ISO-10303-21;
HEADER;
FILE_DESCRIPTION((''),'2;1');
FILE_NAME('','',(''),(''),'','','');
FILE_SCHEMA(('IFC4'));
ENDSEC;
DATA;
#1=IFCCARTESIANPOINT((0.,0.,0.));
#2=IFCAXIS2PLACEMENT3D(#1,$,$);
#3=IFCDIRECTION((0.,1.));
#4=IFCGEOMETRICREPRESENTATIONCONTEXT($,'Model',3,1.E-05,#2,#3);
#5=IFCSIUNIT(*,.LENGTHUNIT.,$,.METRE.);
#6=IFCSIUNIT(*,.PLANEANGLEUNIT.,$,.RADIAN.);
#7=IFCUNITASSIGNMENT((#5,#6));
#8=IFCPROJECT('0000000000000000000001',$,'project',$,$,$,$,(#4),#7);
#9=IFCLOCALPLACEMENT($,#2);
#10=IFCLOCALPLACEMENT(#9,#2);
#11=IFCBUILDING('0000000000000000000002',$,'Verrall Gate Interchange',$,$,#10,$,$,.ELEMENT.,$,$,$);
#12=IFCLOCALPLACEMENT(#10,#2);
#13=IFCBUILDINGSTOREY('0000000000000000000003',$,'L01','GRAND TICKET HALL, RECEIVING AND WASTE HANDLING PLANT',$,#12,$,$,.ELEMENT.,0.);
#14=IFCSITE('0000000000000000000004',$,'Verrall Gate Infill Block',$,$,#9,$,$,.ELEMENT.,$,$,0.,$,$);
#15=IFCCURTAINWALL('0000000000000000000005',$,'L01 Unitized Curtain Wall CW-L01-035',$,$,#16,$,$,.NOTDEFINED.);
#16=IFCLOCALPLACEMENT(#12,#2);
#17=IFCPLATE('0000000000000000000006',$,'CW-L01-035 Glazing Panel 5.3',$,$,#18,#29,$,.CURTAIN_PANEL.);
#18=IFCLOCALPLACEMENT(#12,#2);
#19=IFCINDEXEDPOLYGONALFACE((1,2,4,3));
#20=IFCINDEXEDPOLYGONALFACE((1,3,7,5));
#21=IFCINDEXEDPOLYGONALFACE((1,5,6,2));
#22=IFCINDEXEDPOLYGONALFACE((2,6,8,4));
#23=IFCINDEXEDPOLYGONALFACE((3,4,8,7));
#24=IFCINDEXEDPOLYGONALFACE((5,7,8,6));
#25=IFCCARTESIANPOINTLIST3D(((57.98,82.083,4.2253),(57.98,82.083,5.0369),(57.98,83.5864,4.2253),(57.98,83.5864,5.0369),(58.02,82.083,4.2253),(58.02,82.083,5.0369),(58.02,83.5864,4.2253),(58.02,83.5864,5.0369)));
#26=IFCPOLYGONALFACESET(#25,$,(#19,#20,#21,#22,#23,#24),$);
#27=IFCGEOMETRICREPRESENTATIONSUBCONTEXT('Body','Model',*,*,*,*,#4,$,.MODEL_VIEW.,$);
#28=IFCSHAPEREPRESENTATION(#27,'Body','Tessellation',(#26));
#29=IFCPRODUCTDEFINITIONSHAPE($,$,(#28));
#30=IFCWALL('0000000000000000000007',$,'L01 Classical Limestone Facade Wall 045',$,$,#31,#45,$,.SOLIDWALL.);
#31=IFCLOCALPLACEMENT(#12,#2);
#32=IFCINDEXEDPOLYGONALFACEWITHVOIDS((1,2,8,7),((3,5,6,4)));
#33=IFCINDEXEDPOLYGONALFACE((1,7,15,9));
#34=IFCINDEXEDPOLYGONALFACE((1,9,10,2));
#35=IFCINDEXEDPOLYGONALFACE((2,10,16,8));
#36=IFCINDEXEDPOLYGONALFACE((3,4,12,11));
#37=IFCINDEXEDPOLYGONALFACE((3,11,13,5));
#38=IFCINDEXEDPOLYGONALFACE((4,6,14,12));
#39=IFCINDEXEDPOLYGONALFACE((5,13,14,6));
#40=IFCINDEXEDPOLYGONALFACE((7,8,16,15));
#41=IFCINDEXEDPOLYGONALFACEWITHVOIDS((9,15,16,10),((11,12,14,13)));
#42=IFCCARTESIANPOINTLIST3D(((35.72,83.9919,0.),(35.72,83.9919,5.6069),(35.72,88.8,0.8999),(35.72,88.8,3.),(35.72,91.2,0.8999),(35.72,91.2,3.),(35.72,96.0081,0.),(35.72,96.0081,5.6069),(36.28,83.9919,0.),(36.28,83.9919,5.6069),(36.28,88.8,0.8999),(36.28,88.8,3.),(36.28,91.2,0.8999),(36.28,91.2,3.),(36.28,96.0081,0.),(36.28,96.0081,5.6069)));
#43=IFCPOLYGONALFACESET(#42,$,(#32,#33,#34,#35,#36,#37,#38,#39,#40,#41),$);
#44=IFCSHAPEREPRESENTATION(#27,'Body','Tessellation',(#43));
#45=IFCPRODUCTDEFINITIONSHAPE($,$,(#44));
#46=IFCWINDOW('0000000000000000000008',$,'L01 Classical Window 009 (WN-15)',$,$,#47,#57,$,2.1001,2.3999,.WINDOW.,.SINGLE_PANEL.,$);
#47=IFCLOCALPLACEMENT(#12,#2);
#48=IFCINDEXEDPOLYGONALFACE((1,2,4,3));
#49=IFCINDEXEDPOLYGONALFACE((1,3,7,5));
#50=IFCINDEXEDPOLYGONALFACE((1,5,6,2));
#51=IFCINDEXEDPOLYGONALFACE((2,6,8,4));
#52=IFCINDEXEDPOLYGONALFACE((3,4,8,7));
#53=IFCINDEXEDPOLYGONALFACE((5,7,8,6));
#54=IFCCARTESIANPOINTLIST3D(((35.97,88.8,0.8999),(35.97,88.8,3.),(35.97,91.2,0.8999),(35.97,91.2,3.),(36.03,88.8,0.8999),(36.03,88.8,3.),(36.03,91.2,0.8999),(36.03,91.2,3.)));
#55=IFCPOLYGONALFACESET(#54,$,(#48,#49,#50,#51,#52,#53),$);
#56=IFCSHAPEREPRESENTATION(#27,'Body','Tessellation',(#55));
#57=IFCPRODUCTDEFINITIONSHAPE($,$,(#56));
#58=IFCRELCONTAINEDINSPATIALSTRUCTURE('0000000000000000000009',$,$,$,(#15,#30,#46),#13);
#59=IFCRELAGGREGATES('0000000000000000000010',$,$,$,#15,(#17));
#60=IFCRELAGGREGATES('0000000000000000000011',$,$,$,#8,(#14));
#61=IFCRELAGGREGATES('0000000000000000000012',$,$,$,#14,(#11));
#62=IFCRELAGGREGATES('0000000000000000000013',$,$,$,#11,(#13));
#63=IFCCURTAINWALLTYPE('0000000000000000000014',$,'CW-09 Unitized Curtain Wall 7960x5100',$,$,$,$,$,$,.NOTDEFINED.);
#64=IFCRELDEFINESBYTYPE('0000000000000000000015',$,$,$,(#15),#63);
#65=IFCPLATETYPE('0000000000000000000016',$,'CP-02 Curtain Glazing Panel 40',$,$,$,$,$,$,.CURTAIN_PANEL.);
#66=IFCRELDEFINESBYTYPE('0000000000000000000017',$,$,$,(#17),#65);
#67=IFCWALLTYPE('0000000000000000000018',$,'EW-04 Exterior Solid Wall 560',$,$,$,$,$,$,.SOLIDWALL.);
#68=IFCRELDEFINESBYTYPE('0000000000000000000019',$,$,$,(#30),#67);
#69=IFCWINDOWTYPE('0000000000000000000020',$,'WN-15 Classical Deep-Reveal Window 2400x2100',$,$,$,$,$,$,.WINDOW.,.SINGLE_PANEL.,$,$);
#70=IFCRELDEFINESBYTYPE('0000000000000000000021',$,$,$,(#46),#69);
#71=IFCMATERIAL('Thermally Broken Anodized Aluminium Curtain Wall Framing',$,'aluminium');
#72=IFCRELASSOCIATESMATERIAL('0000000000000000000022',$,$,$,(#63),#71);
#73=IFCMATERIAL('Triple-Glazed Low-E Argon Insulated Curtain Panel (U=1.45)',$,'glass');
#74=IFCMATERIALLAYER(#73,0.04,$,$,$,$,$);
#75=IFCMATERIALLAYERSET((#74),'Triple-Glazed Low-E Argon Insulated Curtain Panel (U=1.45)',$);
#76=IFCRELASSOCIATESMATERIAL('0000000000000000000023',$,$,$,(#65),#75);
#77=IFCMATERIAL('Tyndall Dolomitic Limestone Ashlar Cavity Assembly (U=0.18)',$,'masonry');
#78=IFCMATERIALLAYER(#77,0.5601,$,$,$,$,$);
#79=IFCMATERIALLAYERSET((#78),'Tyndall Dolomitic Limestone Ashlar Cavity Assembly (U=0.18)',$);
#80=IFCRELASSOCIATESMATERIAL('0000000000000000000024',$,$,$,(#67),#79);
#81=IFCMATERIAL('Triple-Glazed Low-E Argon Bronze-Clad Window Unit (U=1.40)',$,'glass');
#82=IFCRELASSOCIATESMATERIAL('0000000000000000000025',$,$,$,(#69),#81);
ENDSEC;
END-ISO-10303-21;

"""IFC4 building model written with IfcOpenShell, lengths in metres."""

from ifc_helpers import new_model, si_unit, direction, frame, frame_2d, origin, origin_2d, place, context, subcontext, project, spatial, rectangle, extrude, material, layer, layer_set, type_object, element, fill, aggregate, save


model = new_model("IFC4")

# Units and contexts
model_context = context("Model", 3, precision=1e-05, world=origin(), true_north=direction((0.0, 1.0)))
body_context = subcontext(model_context, "Body", "Model", "MODEL_VIEW")
ifc_project = project(units=[si_unit("LENGTHUNIT", "METRE"), si_unit("PLANEANGLEUNIT", "RADIAN")], contexts=[model_context])

# Site, building, storey
site_placement = place(None, origin())
site = spatial("IfcSite", under=ifc_project, at=site_placement, Name="Verrall Gate Infill Block", CompositionType="ELEMENT", RefElevation=0.0)
building_placement = place(site_placement, origin())
building = spatial("IfcBuilding", under=site, at=building_placement, Name="Verrall Gate Interchange", CompositionType="ELEMENT")
storey_placement = place(building_placement, origin())
storey = spatial("IfcBuildingStorey", under=building, at=storey_placement, Name="L01", Description="GRAND TICKET HALL, RECEIVING AND WASTE HANDLING PLANT", CompositionType="ELEMENT", Elevation=0.0)

# Shared definitions
ifc_material_1 = material(Name="Thermally Broken Anodized Aluminium Curtain Wall Framing", Category="aluminium")
curtain_wall_type = type_object("IfcCurtainWallType", Name="CW-09 Unitized Curtain Wall 7960x5100", PredefinedType="NOTDEFINED", material=ifc_material_1)

# Curtain wall
curtain_wall_1_placement = place(storey_placement, origin())
curtain_wall_1 = element("IfcCurtainWall", 1, at=curtain_wall_1_placement, inside=storey, type_object=curtain_wall_type, Name="L01 Unitized Curtain Wall CW-L01-035", PredefinedType="NOTDEFINED")

# Plate
ifc_material_2 = material(Name="Triple-Glazed Low-E Argon Insulated Curtain Panel (U=1.45)", Category="glass")
ifc_layer_1 = layer(ifc_material_2, 0.04)
ifc_layer_set_1 = layer_set([ifc_layer_1], Name="Triple-Glazed Low-E Argon Insulated Curtain Panel (U=1.45)")
plate_type_1 = type_object("IfcPlateType", Name="CP-02 Curtain Glazing Panel 40", PredefinedType="CURTAIN_PANEL", material=ifc_layer_set_1)
plate_1_placement = place(storey_placement, frame((58.0, 82.8347, 4.2253), z_axis=(0.0, 0.0, 1.0), x_axis=(0.0, -1.0, 0.0)))
plate_1 = element("IfcPlate", 2, at=plate_1_placement, type_object=plate_type_1, Name="CW-L01-035 Glazing Panel 5.3", PredefinedType="CURTAIN_PANEL", context=body_context, shape_type="SweptSolid", body=[
    extrude(rectangle(XDim=1.5034, YDim=0.04, at=origin_2d()), origin(), (0.0, 0.0, 1.0), 0.8115),
])
aggregate(curtain_wall_1, [plate_1])

# Wall, opening, window
ifc_material_3 = material(Name="Tyndall Dolomitic Limestone Ashlar Cavity Assembly (U=0.18)", Category="masonry")
ifc_layer_2 = layer(ifc_material_3, 0.5601)
ifc_layer_set_2 = layer_set([ifc_layer_2], Name="Tyndall Dolomitic Limestone Ashlar Cavity Assembly (U=0.18)")
wall_type = type_object("IfcWallType", Name="EW-04 Exterior Solid Wall 560", PredefinedType="SOLIDWALL", material=ifc_layer_set_2)
wall_placement = place(storey_placement, frame((36.0, 83.9919, 0.0), z_axis=(0.0, 0.0, 1.0), x_axis=(0.0, 1.0, 0.0)))
wall = element("IfcWall", 3, at=wall_placement, inside=storey, type_object=wall_type, Name="L01 Classical Limestone Facade Wall 045", PredefinedType="SOLIDWALL", context=body_context, shape_type="SweptSolid", body=[
    extrude(rectangle(XDim=12.0161, YDim=0.5601, at=frame_2d((6.0081, 0.0))), origin(), (0.0, 0.0, 1.0), 5.6069),
])
opening_placement = place(wall_placement, frame((4.8081, 0.0, 0.8999)))
opening = element("IfcOpeningElement", 4, at=opening_placement, cuts=wall, PredefinedType="OPENING", context=body_context, shape_type="SweptSolid", body=[
    extrude(rectangle(XDim=2.3999, YDim=2.1001, at=frame_2d((1.2, 1.05))), frame((0.0, 0.2949, 0.0), z_axis=(0.0, -1.0, 0.0), x_axis=(1.0, 0.0, 0.0)), (0.0, 0.0, 1.0), 0.5898),
])
ifc_material_4 = material(Name="Triple-Glazed Low-E Argon Bronze-Clad Window Unit (U=1.40)", Category="glass")
window_type = type_object("IfcWindowType", Name="WN-15 Classical Deep-Reveal Window 2400x2100", PartitioningType="SINGLE_PANEL", PredefinedType="WINDOW", material=ifc_material_4)
window_placement = place(opening_placement, origin())
window = element("IfcWindow", 5, at=window_placement, inside=storey, type_object=window_type, Name="L01 Classical Window 009 (WN-15)", OverallHeight=2.1001, OverallWidth=2.3999, PartitioningType="SINGLE_PANEL", PredefinedType="WINDOW", context=body_context, shape_type="SweptSolid", body=[
    extrude(rectangle(XDim=2.3999, YDim=2.1001, at=frame_2d((1.2, 1.05))), frame((0.0, 0.03, 0.0), z_axis=(0.0, -1.0, 0.0), x_axis=(1.0, 0.0, 0.0)), (0.0, 0.0, 1.0), 0.0601),
])
fill(opening, window)

save(model, "model.ifc")
